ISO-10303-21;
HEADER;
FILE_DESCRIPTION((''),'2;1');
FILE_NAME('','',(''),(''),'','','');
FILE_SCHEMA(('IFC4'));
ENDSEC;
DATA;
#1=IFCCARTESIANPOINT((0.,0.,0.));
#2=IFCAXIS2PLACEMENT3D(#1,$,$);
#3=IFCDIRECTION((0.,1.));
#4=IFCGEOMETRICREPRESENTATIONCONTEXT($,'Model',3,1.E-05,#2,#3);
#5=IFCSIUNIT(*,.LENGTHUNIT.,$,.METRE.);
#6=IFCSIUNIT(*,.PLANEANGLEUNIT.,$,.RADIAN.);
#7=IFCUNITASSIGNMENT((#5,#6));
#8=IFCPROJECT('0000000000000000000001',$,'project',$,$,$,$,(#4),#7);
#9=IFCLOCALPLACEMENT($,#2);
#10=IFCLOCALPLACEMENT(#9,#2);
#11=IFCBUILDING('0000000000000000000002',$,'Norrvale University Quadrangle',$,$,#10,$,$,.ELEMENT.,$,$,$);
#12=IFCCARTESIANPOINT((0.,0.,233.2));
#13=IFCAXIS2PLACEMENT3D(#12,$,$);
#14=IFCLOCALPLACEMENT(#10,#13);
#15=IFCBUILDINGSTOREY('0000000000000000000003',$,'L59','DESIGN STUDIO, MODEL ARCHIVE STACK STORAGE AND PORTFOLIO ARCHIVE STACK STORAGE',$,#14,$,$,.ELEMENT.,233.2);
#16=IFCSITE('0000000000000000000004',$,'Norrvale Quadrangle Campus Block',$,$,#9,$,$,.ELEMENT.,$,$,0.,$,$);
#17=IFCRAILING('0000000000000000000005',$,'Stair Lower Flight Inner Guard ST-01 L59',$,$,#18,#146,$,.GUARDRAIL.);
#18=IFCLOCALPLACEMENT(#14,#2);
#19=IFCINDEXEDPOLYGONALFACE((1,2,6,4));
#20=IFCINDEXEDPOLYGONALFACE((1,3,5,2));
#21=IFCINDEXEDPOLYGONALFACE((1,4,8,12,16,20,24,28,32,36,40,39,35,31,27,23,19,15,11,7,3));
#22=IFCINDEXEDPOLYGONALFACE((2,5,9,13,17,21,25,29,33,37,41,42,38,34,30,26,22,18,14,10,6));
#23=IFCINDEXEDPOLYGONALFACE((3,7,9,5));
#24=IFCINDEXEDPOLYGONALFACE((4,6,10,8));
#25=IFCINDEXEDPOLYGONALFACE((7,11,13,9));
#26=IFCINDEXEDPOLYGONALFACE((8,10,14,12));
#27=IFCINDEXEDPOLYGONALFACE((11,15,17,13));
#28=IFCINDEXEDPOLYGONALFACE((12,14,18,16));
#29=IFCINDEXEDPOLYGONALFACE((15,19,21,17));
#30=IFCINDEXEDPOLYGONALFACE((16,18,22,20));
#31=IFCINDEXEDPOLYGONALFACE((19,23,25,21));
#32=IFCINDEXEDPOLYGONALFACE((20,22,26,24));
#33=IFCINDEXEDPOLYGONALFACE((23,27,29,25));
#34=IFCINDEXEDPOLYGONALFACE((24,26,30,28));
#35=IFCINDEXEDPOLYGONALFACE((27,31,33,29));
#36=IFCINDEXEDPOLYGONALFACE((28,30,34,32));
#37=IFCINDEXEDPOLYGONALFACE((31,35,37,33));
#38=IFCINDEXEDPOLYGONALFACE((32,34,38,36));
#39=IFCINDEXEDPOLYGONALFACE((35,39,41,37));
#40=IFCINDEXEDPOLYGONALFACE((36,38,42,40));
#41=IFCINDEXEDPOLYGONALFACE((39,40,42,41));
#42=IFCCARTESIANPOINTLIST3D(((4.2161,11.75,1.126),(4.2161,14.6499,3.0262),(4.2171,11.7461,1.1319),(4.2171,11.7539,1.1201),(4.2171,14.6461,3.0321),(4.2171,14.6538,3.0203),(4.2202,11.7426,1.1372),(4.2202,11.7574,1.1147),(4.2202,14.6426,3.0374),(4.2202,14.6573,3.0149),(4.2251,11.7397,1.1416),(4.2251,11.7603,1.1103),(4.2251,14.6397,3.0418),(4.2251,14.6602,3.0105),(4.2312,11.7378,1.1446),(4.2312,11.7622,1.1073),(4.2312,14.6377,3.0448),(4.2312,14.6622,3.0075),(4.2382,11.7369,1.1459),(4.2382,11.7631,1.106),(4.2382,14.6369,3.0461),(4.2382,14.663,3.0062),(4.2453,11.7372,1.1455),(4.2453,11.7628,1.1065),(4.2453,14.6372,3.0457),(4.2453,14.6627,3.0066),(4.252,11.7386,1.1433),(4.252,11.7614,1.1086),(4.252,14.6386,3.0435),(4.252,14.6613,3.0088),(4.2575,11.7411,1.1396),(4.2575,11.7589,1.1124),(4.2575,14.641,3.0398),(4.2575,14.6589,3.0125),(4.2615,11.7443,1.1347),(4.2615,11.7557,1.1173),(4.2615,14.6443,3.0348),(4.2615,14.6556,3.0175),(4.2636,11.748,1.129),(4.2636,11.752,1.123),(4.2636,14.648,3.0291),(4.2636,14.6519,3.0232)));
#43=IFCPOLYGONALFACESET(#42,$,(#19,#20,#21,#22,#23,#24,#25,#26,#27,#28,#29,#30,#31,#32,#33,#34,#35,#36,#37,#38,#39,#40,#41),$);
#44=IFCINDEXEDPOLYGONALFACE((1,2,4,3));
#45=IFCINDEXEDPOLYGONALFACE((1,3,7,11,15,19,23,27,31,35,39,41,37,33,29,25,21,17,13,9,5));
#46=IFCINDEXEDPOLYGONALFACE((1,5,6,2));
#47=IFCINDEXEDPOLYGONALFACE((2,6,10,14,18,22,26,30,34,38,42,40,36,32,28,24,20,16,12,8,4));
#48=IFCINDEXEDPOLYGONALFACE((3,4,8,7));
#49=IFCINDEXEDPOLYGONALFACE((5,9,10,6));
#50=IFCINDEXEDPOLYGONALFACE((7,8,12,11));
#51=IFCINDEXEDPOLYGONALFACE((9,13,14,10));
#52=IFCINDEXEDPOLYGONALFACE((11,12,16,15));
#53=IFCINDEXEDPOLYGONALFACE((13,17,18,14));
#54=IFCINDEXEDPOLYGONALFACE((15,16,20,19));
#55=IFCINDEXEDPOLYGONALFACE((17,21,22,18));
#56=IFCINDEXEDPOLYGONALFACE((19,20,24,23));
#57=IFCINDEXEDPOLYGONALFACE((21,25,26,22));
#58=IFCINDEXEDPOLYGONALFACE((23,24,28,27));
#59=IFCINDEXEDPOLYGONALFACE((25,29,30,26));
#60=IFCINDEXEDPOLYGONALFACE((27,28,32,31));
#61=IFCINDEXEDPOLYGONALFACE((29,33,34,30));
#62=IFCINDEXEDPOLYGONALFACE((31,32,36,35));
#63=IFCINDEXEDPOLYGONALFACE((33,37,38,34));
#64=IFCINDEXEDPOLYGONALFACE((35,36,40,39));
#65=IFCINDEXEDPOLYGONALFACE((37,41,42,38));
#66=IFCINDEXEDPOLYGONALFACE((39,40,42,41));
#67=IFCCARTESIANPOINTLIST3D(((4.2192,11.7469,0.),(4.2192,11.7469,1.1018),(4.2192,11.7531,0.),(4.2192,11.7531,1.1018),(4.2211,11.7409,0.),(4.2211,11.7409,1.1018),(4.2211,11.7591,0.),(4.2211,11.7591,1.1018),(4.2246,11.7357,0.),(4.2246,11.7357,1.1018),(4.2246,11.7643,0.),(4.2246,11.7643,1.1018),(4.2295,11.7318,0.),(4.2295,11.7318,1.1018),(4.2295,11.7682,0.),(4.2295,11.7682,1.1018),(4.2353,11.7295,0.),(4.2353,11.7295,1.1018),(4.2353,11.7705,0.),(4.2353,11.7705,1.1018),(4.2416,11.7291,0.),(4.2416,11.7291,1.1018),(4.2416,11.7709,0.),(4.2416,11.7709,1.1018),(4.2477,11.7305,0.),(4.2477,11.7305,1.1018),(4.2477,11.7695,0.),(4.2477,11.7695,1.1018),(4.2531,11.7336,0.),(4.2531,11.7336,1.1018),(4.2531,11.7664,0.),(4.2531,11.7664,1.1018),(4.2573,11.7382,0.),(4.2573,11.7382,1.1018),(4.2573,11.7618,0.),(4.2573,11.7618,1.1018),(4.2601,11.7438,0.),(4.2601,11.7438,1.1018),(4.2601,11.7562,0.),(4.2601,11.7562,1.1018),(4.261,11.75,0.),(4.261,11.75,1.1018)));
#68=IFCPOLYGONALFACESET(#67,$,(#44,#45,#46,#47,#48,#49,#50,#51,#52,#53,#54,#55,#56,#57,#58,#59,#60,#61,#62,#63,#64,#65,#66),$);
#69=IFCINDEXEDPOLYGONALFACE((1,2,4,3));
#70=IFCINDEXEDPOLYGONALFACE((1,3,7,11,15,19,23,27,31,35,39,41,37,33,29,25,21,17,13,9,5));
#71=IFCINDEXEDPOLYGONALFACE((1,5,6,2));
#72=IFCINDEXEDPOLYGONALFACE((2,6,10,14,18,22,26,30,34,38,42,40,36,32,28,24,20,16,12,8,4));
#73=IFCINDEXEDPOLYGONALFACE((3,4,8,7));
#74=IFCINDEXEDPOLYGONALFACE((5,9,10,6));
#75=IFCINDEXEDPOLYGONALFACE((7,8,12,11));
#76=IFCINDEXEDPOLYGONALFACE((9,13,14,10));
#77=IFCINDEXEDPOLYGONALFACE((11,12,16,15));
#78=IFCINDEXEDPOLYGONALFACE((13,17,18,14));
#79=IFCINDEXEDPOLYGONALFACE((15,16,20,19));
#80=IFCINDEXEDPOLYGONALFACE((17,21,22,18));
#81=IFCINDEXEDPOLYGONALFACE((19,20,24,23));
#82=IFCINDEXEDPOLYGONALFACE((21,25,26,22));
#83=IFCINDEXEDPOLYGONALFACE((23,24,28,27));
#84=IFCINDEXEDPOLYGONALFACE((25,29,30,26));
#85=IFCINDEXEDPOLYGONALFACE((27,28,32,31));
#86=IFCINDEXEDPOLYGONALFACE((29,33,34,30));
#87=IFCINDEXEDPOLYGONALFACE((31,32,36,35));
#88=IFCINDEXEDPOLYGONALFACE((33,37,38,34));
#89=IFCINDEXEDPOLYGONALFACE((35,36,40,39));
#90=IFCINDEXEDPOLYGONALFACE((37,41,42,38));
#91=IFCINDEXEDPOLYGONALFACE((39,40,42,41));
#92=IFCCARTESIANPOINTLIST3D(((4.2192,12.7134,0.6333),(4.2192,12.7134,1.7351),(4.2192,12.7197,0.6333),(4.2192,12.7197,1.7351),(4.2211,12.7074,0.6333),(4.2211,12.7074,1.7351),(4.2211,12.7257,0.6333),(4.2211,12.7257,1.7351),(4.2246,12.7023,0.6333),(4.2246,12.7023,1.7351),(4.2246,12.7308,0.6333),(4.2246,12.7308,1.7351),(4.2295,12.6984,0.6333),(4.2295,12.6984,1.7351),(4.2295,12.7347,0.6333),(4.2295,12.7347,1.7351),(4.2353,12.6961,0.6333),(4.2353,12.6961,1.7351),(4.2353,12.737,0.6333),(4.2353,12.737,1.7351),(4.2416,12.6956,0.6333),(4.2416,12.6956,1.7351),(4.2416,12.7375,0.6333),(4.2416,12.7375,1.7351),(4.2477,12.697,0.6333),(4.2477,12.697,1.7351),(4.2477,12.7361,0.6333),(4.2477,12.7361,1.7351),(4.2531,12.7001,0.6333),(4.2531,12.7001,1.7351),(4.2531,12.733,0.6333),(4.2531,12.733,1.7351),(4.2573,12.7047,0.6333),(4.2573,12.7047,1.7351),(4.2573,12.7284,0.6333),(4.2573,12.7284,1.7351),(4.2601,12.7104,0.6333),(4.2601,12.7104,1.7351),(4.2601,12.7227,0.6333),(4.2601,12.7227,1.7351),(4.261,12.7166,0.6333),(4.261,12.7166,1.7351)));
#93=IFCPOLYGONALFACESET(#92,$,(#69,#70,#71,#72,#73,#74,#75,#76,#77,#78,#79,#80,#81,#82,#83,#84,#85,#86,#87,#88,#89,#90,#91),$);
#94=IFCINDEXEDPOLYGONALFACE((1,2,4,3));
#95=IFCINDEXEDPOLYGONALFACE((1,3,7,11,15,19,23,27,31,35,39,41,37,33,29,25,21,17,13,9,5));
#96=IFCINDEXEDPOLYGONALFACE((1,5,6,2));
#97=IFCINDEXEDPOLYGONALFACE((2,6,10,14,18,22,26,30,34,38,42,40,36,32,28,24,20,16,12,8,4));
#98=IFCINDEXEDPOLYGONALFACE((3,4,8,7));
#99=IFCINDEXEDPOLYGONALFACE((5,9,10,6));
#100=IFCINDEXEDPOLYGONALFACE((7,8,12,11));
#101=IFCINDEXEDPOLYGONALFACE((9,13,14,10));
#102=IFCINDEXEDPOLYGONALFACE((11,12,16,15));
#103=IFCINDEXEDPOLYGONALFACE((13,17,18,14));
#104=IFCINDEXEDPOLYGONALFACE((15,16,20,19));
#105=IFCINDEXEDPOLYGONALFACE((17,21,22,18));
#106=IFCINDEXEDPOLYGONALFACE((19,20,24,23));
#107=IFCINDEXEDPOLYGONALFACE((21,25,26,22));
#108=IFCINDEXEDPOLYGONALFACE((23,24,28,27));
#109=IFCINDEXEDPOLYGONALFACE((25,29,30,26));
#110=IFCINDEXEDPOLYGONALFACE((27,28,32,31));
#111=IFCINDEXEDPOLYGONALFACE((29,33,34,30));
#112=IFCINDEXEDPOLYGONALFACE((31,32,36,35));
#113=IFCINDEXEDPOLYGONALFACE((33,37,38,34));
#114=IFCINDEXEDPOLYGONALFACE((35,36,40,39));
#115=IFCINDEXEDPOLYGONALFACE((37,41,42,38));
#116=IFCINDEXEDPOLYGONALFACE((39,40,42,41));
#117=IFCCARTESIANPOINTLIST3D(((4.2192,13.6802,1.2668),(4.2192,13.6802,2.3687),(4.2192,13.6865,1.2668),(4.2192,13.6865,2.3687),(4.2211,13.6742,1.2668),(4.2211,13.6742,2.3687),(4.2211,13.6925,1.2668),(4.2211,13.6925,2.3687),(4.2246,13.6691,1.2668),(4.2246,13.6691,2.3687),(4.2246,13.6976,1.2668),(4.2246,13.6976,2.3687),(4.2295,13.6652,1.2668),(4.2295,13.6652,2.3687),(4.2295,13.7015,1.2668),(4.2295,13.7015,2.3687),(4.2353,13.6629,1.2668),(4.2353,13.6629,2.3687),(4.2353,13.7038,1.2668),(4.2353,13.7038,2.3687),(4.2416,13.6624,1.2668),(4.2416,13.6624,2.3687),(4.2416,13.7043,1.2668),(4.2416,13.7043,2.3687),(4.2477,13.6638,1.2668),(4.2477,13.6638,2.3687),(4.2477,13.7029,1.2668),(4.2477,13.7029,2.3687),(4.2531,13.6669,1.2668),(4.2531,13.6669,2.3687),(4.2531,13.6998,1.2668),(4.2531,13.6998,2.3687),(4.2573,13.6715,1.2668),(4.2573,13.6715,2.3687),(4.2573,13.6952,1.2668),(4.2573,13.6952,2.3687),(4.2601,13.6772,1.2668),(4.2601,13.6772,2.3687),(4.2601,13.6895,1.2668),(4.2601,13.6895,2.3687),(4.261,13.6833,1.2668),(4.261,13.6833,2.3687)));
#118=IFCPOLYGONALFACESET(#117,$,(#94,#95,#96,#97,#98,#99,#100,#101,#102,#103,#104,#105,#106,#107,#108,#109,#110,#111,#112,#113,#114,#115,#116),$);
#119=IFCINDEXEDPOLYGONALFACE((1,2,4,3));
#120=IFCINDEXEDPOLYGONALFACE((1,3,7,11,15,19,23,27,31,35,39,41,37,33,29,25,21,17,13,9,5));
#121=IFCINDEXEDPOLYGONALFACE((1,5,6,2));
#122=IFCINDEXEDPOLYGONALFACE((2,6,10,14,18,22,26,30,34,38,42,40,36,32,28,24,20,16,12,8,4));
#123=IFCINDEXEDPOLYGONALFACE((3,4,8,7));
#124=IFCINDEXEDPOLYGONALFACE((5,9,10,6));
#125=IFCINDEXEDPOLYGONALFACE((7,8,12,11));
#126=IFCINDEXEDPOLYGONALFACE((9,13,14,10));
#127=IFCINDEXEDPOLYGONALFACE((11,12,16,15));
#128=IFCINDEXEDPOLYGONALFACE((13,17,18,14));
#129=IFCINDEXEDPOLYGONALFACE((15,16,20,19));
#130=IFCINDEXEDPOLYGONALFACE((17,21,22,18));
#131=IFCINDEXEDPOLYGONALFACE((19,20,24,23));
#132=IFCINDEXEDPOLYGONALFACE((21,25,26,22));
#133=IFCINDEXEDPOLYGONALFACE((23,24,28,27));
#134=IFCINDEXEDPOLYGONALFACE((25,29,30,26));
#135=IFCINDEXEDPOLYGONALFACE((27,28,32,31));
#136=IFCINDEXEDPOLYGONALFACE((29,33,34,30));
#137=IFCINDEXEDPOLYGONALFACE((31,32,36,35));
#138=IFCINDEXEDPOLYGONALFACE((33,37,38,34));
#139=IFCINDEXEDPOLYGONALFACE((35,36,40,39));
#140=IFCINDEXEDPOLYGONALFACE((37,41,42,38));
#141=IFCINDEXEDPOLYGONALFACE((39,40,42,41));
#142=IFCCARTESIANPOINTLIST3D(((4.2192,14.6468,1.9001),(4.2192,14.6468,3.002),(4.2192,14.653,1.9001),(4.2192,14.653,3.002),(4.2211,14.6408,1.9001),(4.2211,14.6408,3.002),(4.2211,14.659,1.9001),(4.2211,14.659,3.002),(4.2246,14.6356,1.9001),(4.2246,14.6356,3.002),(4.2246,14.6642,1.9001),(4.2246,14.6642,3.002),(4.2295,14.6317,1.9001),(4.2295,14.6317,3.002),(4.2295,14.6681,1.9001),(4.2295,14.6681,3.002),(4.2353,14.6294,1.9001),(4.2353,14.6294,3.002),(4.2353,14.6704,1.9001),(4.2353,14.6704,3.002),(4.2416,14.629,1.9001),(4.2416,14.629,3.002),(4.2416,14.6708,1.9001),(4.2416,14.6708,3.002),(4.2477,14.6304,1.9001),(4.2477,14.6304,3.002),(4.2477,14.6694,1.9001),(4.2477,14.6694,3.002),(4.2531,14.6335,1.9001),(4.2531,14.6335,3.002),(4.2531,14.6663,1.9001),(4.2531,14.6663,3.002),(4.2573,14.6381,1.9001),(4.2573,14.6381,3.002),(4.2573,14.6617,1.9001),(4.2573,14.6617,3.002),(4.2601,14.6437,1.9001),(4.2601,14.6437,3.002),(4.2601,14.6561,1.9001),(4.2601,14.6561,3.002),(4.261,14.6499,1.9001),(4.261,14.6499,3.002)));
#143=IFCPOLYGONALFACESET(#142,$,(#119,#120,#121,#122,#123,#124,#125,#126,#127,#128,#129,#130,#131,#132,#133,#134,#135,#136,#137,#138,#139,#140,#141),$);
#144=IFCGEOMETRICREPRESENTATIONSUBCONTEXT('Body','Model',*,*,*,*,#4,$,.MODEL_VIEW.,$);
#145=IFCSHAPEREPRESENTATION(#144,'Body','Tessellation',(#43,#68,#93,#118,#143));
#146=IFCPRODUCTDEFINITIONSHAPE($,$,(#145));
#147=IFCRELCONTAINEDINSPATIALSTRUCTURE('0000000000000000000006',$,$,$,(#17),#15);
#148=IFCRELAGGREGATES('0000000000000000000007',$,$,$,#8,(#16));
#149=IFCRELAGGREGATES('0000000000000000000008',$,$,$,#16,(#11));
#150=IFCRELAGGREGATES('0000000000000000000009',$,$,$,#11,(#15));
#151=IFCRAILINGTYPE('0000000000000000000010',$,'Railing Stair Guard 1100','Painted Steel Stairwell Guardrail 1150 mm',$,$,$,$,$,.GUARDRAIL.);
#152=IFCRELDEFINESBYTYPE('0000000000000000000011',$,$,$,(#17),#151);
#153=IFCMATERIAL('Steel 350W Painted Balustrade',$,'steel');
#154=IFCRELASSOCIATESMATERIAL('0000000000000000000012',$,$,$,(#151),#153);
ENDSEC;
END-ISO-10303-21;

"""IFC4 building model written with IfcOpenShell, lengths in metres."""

from ifc_helpers import new_model, si_unit, direction, frame, origin, origin_2d, place, context, subcontext, project, spatial, circle, extrude, material, type_object, element, save


model = new_model("IFC4")

# Units and contexts
model_context = context("Model", 3, precision=1e-05, world=origin(), true_north=direction((0.0, 1.0)))
body_context = subcontext(model_context, "Body", "Model", "MODEL_VIEW")
ifc_project = project(units=[si_unit("LENGTHUNIT", "METRE"), si_unit("PLANEANGLEUNIT", "RADIAN")], contexts=[model_context])

# Site, building, storey
site_placement = place(None, origin())
site = spatial("IfcSite", under=ifc_project, at=site_placement, Name="Norrvale Quadrangle Campus Block", CompositionType="ELEMENT", RefElevation=0.0)
building_placement = place(site_placement, origin())
building = spatial("IfcBuilding", under=site, at=building_placement, Name="Norrvale University Quadrangle", CompositionType="ELEMENT")
storey_placement = place(building_placement, frame((0.0, 0.0, 233.2)))
storey = spatial("IfcBuildingStorey", under=building, at=storey_placement, Name="L59", Description="DESIGN STUDIO, MODEL ARCHIVE STACK STORAGE AND PORTFOLIO ARCHIVE STACK STORAGE", CompositionType="ELEMENT", Elevation=233.2)

# Railing
ifc_material_1 = material(Name="Steel 350W Painted Balustrade", Category="steel")
railing_type_1 = type_object("IfcRailingType", Name="Railing Stair Guard 1100", Description="Painted Steel Stairwell Guardrail 1150 mm", PredefinedType="GUARDRAIL", material=ifc_material_1)
railing_1_placement = place(storey_placement, frame((4.24, 11.75, 0.0)))
element("IfcRailing", 1, at=railing_1_placement, inside=storey, type_object=railing_type_1, Name="Stair Lower Flight Inner Guard ST-01 L59", PredefinedType="GUARDRAIL", context=body_context, shape_type="SweptSolid", body=[
    extrude(circle(Radius=0.0239, at=origin_2d()), frame((0.0, 0.0, 1.126), z_axis=(0.0, 0.836433, 0.548069), x_axis=(-1.0, 0.0, 0.0)), (0.0, 0.0, 1.0), 3.467),
    extrude(circle(Radius=0.021, at=origin_2d()), origin(), (0.0, 0.0, 1.0), 1.1018),
    extrude(circle(Radius=0.021, at=origin_2d()), frame((0.0, 0.9666, 0.6333)), (0.0, 0.0, 1.0), 1.1018),
    extrude(circle(Radius=0.021, at=origin_2d()), frame((0.0, 1.9333, 1.2668)), (0.0, 0.0, 1.0), 1.1018),
    extrude(circle(Radius=0.021, at=origin_2d()), frame((0.0, 2.8999, 1.9001)), (0.0, 0.0, 1.0), 1.1018),
])

save(model, "model.ifc")
